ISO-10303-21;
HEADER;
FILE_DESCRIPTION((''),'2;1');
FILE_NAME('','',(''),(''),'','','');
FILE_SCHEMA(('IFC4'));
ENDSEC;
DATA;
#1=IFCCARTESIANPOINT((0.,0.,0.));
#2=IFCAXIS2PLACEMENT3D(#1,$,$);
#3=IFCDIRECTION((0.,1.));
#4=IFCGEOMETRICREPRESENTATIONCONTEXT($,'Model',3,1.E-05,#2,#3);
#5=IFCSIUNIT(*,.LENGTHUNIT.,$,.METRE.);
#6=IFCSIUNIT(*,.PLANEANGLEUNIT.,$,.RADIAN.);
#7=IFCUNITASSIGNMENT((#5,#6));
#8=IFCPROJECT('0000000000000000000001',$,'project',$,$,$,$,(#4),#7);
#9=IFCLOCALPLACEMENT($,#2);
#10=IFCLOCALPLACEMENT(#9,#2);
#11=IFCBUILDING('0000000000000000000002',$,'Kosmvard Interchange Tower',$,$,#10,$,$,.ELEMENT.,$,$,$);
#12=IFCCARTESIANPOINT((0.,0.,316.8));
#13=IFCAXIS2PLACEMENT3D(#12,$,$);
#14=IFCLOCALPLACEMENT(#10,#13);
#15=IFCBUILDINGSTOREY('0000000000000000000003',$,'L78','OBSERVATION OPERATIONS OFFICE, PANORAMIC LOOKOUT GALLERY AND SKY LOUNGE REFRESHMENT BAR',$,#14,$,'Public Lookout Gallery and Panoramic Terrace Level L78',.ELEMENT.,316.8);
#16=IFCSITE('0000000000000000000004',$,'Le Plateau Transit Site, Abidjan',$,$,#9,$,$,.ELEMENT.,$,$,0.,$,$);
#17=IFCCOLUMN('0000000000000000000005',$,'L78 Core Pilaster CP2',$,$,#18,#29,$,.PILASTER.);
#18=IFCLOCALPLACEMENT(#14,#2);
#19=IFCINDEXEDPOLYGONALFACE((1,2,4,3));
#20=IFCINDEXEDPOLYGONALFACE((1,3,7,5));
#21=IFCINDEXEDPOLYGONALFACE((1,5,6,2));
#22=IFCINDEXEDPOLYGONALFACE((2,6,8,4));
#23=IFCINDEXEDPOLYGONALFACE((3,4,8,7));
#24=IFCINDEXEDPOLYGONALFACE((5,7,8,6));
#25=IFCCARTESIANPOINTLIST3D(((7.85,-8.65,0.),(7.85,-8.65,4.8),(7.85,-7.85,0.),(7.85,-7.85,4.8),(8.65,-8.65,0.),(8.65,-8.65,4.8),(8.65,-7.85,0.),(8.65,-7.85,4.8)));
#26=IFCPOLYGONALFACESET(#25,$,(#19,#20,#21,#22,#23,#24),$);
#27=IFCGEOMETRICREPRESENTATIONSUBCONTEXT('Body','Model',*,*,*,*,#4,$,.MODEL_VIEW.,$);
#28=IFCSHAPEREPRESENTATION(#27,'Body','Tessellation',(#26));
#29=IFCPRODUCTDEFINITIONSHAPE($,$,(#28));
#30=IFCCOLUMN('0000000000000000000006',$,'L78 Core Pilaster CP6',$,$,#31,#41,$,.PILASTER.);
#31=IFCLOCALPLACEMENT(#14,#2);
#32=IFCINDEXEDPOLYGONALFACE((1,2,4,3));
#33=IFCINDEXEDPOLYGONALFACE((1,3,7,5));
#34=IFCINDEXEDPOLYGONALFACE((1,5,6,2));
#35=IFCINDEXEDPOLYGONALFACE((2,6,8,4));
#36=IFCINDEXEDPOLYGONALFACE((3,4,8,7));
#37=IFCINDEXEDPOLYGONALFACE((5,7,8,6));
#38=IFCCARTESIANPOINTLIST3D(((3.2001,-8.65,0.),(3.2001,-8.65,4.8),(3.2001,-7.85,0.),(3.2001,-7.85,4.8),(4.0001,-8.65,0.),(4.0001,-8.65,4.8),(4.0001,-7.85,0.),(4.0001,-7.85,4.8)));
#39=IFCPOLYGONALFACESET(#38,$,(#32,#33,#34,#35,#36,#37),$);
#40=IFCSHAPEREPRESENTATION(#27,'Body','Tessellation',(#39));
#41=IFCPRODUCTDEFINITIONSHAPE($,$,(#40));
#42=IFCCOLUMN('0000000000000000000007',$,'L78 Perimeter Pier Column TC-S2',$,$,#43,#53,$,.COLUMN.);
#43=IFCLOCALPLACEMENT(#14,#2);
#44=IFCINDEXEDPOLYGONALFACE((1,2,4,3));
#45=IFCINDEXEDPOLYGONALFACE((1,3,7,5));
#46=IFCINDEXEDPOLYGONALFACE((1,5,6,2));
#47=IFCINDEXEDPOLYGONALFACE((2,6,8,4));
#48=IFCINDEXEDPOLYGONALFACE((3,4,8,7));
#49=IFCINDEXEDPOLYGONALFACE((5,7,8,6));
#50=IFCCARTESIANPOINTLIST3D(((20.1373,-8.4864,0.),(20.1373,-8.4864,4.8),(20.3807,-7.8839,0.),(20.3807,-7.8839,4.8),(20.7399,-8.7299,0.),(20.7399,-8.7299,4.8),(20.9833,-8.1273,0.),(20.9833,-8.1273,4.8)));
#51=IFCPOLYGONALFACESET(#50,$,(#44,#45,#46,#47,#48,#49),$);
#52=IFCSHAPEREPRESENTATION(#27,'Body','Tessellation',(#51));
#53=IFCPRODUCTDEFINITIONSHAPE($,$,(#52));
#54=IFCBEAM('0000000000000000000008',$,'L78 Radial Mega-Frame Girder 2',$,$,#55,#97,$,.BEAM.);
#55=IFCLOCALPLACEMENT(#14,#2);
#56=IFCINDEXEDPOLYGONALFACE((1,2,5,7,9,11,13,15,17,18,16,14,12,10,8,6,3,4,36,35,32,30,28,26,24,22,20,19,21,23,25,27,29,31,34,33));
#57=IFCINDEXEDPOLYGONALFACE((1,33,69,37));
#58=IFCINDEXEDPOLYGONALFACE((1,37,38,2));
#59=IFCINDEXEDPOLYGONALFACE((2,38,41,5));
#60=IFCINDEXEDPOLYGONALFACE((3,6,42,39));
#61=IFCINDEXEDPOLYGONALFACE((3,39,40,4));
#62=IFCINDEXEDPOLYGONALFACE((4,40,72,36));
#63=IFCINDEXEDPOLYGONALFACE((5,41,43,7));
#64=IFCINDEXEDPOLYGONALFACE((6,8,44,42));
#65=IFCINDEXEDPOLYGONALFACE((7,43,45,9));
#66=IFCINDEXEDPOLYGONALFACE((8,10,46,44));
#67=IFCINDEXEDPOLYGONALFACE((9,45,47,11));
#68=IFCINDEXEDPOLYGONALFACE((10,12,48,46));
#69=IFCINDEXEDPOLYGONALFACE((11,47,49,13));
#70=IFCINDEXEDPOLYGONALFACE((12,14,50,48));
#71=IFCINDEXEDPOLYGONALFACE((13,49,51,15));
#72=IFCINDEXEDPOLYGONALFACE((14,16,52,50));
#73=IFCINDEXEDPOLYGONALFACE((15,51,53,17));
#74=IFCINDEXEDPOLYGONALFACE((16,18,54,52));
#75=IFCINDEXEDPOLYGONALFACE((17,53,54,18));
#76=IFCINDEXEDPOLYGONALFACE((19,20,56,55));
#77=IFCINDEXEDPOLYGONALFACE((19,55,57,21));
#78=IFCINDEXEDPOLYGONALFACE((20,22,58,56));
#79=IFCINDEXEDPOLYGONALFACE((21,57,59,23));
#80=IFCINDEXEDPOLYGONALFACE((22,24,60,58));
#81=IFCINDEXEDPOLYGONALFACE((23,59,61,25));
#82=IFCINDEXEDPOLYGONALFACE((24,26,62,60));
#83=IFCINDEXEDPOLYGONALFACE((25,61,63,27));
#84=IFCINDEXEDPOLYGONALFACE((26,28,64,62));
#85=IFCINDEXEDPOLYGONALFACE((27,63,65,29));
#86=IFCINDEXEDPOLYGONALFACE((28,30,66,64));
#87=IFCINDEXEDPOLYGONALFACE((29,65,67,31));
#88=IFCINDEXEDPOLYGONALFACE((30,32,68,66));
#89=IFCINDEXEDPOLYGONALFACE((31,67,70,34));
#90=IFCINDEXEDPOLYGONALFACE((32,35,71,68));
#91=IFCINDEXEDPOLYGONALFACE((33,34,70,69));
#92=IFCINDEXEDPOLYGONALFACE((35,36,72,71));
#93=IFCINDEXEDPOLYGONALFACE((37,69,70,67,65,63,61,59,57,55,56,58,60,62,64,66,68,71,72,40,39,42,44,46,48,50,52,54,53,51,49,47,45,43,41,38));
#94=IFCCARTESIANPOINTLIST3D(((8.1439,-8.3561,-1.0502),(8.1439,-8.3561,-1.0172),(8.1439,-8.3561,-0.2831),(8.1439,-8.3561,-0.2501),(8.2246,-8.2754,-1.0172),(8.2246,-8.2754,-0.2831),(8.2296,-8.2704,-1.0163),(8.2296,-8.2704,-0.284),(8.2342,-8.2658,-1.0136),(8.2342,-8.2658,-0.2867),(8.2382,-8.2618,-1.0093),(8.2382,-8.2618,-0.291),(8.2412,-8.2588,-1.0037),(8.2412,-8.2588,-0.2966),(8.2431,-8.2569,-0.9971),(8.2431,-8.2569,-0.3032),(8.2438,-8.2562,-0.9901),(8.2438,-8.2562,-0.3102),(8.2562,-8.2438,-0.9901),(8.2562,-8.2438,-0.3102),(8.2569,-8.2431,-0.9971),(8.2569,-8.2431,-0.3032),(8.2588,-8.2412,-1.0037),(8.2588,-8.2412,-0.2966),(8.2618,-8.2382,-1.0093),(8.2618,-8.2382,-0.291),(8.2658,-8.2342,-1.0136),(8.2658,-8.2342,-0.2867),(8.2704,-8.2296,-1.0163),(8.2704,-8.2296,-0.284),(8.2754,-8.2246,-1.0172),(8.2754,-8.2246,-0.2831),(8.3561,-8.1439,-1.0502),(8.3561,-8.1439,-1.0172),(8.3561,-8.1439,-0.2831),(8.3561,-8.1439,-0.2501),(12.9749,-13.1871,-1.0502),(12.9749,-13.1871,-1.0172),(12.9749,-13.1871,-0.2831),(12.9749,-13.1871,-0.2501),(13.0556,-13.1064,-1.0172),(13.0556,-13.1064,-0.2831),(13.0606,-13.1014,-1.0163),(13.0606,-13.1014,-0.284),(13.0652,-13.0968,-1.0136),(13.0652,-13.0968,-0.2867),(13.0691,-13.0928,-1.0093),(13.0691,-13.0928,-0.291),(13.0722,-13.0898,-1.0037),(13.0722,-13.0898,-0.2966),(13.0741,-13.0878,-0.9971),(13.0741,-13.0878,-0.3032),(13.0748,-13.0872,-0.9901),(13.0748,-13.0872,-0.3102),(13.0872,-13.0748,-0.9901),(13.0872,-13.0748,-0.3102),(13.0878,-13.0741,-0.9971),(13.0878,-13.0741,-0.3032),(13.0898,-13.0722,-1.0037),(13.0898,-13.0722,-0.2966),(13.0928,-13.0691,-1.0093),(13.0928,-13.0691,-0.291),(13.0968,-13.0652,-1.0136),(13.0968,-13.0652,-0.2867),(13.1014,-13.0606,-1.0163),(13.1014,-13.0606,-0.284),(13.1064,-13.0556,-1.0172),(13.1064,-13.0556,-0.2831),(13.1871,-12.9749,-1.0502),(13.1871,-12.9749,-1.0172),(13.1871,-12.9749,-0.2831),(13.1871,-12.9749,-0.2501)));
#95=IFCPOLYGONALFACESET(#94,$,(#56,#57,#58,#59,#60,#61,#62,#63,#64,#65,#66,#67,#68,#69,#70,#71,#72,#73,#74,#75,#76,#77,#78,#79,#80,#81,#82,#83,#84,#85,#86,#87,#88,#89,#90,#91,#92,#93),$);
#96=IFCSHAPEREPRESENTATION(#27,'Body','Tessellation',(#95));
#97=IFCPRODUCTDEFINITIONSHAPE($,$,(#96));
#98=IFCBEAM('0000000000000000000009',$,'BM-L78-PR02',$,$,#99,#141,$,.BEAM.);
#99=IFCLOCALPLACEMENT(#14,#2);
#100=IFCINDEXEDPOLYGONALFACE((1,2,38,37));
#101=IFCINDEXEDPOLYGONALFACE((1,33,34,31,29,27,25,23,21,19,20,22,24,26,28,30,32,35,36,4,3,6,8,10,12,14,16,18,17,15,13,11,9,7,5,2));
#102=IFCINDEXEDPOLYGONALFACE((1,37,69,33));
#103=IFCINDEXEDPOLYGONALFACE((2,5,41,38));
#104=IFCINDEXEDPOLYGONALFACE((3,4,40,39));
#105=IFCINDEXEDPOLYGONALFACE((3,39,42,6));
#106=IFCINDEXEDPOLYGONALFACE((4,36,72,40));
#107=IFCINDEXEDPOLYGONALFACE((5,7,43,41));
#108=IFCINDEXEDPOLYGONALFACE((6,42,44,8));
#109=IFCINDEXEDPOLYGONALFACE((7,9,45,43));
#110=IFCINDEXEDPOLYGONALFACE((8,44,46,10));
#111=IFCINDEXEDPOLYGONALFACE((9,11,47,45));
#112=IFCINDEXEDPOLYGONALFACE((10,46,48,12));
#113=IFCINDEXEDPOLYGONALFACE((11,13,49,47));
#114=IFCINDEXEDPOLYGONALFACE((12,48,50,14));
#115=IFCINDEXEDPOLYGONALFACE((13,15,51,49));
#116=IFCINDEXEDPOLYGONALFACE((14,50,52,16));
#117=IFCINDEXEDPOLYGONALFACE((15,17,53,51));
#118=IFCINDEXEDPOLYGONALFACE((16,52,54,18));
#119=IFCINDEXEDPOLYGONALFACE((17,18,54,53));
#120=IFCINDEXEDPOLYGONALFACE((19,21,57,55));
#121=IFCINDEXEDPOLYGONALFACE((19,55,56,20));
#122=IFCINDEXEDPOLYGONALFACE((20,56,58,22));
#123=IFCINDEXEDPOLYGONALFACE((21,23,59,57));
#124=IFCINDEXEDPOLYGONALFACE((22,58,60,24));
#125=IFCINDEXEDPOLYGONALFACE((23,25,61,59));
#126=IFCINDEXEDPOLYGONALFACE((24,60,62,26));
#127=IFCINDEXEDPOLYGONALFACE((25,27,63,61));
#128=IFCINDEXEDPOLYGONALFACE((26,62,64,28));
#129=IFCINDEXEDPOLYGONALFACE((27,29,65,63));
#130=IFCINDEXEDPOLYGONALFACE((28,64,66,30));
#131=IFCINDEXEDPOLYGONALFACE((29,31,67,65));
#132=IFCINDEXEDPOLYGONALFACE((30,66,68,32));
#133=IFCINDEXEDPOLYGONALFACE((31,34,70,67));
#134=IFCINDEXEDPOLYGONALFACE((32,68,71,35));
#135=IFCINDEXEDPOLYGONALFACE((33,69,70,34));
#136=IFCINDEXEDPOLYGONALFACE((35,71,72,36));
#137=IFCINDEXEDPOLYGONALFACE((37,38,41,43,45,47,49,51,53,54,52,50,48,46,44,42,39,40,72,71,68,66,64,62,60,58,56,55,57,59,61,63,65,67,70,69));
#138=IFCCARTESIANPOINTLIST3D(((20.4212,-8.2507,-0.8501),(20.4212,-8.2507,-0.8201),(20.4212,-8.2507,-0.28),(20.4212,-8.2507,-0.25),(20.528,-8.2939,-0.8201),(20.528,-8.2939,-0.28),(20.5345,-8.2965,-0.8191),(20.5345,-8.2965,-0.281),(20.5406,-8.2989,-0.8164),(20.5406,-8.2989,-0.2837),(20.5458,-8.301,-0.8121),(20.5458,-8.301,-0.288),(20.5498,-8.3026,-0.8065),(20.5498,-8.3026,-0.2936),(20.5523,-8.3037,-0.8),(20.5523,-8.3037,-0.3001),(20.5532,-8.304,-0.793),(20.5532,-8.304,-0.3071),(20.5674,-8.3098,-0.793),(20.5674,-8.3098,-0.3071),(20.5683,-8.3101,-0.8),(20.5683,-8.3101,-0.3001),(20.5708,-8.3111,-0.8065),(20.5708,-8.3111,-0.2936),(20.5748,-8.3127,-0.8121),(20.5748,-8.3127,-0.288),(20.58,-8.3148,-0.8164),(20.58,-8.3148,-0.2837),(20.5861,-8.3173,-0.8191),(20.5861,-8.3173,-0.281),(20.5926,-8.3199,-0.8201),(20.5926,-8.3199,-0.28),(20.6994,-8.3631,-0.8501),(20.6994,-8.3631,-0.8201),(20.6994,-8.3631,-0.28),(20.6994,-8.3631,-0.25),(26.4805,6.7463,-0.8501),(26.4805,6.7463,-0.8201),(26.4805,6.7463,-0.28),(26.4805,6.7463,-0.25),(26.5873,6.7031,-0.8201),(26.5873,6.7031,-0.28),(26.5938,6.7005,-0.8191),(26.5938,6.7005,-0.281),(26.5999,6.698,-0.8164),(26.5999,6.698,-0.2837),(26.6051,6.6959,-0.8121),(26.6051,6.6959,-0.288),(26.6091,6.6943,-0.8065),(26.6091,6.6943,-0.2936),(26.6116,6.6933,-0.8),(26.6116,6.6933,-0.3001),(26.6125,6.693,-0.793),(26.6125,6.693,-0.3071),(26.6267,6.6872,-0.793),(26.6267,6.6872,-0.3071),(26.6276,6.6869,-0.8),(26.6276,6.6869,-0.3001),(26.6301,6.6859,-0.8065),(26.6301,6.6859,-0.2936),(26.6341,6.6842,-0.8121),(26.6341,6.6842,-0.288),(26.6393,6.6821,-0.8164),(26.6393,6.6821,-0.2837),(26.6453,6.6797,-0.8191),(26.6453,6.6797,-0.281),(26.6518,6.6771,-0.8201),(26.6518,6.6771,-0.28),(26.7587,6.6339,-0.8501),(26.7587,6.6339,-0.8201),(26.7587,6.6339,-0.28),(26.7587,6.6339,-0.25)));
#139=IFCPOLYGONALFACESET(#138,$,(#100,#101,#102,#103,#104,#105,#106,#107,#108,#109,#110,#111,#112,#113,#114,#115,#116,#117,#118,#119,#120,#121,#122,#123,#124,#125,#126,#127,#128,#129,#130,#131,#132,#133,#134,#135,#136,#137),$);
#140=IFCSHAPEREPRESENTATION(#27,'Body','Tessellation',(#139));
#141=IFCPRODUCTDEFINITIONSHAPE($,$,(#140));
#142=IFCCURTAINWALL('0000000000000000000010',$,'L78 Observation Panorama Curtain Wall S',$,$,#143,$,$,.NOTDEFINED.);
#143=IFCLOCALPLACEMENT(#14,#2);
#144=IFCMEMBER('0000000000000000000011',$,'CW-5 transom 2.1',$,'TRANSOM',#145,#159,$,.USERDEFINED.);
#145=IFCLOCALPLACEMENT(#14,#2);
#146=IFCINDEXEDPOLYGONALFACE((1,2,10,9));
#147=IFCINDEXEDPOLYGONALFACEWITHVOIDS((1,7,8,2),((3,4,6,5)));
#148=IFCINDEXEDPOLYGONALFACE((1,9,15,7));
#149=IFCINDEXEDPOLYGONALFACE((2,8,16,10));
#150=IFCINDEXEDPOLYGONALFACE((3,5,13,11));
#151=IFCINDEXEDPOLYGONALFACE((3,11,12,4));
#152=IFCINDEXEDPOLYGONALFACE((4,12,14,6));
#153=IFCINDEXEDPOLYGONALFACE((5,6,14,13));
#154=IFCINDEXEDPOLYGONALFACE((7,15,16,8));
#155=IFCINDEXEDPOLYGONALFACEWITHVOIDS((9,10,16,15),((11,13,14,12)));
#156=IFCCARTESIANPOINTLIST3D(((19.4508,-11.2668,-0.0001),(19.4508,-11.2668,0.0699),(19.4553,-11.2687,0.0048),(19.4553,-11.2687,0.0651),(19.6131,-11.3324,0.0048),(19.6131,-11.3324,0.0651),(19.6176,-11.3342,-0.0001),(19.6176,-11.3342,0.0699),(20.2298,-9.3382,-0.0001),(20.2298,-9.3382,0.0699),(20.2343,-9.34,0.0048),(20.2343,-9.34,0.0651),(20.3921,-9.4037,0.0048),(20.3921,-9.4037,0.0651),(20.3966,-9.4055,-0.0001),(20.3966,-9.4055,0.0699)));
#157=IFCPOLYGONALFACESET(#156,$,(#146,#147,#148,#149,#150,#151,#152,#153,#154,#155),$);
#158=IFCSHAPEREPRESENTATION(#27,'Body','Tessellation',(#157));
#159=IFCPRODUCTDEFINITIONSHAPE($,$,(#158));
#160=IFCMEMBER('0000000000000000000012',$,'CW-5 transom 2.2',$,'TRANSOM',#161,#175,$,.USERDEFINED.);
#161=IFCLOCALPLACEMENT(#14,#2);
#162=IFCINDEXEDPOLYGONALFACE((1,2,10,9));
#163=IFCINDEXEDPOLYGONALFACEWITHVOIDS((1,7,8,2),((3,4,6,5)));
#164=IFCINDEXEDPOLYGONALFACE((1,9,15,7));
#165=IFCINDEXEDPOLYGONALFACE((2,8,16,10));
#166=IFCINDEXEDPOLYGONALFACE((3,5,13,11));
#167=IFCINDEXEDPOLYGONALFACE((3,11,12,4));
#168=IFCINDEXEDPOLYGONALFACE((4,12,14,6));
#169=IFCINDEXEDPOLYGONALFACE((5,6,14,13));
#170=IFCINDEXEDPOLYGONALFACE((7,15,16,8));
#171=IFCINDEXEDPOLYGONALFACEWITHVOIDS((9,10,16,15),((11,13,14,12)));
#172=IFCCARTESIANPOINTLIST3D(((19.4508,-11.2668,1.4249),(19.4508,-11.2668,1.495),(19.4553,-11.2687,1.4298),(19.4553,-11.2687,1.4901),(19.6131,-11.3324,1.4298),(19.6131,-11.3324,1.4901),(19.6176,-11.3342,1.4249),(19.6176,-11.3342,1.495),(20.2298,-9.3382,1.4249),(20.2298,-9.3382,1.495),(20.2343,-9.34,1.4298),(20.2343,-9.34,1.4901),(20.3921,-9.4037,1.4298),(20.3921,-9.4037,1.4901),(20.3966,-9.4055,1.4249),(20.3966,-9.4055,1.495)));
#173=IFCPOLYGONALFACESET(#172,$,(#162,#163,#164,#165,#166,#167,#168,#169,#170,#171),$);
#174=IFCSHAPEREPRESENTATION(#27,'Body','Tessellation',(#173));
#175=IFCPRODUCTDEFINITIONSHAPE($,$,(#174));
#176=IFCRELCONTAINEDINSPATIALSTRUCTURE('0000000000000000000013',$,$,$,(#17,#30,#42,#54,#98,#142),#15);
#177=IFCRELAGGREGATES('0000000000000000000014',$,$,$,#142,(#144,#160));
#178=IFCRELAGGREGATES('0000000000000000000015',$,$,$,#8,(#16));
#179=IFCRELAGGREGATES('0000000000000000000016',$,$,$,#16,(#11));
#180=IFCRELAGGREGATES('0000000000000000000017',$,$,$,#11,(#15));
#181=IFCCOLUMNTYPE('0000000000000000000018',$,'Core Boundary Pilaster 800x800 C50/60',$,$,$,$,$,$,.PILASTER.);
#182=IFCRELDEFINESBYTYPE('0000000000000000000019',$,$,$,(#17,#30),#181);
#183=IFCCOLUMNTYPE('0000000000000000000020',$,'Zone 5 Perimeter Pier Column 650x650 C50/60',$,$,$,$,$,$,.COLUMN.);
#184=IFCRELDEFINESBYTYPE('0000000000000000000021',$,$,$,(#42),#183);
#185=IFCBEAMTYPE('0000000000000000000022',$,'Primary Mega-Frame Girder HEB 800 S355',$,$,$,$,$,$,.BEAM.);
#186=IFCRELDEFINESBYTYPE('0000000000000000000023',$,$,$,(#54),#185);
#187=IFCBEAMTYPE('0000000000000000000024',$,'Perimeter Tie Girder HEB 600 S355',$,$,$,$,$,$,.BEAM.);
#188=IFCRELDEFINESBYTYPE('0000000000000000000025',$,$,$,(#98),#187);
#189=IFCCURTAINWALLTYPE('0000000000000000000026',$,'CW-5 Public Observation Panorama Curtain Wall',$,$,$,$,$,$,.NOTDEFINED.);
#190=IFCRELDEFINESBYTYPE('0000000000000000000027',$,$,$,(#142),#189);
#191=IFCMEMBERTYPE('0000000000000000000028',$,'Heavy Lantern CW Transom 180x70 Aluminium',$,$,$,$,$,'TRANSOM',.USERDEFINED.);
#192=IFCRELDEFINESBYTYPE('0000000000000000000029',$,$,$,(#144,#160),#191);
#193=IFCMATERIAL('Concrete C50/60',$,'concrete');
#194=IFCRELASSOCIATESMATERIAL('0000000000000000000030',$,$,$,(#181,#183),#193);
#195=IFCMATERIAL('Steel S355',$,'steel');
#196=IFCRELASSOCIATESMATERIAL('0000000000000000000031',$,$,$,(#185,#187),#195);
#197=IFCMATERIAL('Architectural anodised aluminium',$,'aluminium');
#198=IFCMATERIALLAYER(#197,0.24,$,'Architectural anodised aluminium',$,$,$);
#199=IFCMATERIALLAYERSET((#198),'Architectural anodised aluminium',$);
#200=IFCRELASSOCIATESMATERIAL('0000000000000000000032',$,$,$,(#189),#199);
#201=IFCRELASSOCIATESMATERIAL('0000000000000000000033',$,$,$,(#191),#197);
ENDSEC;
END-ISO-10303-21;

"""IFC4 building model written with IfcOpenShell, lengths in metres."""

from ifc_helpers import new_model, si_unit, direction, frame, origin, origin_2d, place, context, subcontext, project, spatial, rectangle, hollow_rectangle, i_section, extrude, source, transform, mapped, material, layer, layer_set, material_profile, profile_set, type_object, element, aggregate, save


model = new_model("IFC4")

# Units and contexts
model_context = context("Model", 3, precision=1e-05, world=origin(), true_north=direction((0.0, 1.0)))
body_context = subcontext(model_context, "Body", "Model", "MODEL_VIEW")
ifc_project = project(units=[si_unit("LENGTHUNIT", "METRE"), si_unit("PLANEANGLEUNIT", "RADIAN")], contexts=[model_context])

# Site, building, storey
site_placement = place(None, origin())
site = spatial("IfcSite", under=ifc_project, at=site_placement, Name="Le Plateau Transit Site, Abidjan", CompositionType="ELEMENT", RefElevation=0.0)
building_placement = place(site_placement, origin())
building = spatial("IfcBuilding", under=site, at=building_placement, Name="Kosmvard Interchange Tower", CompositionType="ELEMENT")
storey_placement = place(building_placement, frame((0.0, 0.0, 316.8)))
storey = spatial("IfcBuildingStorey", under=building, at=storey_placement, Name="L78", Description="OBSERVATION OPERATIONS OFFICE, PANORAMIC LOOKOUT GALLERY AND SKY LOUNGE REFRESHMENT BAR", LongName="Public Lookout Gallery and Panoramic Terrace Level L78", CompositionType="ELEMENT", Elevation=316.8)

# Columns
ifc_material_1 = material(Name="Concrete C50/60", Category="concrete")
ifc_material_profile_1 = material_profile(ifc_material_1, rectangle(XDim=0.8, YDim=0.8, at=origin_2d()), Name="CP 800x800")
ifc_profile_set_1 = profile_set([ifc_material_profile_1], Name="Concrete C50/60")
column_type_1 = type_object("IfcColumnType", Name="Core Boundary Pilaster 800x800 C50/60", PredefinedType="PILASTER", material=ifc_profile_set_1)
shared_shape_1 = source(origin(), body_context, "Body", "SweptSolid", [
    extrude(rectangle(XDim=0.8, YDim=0.8, at=origin_2d()), origin(), (0.0, 0.0, 1.0), 4.8),
])
for number, where, z_axis, x_axis, name in (
    (1, (8.25, -8.25, 0.0), (0.0, 0.0, 1.0), (1.0, 0.0, 0.0), "L78 Core Pilaster CP2"),
    (2, (3.6001, -8.25, 0.0), (0.0, 0.0, 1.0), (1.0, 0.0, 0.0), "L78 Core Pilaster CP6"),
):
    element("IfcColumn", number, at=place(storey_placement, frame(where, z_axis=z_axis, x_axis=x_axis)), inside=storey, type_object=column_type_1, Name=name, PredefinedType="PILASTER", context=body_context, shape_type="MappedRepresentation", body=[
        mapped(shared_shape_1, transform((0.0, 0.0, 0.0), scale=1.0)),
    ])
ifc_material_profile_2 = material_profile(ifc_material_1, rectangle(XDim=0.6499, YDim=0.6499, at=origin_2d()), Name="TC 650x650")
ifc_profile_set_2 = profile_set([ifc_material_profile_2], Name="Concrete C50/60")
column_type_2 = type_object("IfcColumnType", Name="Zone 5 Perimeter Pier Column 650x650 C50/60", PredefinedType="COLUMN", material=ifc_profile_set_2)
shared_shape_2 = source(origin(), body_context, "Body", "SweptSolid", [
    extrude(rectangle(XDim=0.6499, YDim=0.6499, at=origin_2d()), origin(), (0.0, 0.0, 1.0), 4.8),
])
column_placement = place(storey_placement, frame((20.5603, -8.3069, 0.0), z_axis=(0.0, 0.0, 1.0), x_axis=(0.374607, 0.927184, 0.0)))
element("IfcColumn", 3, at=column_placement, inside=storey, type_object=column_type_2, Name="L78 Perimeter Pier Column TC-S2", PredefinedType="COLUMN", context=body_context, shape_type="MappedRepresentation", body=[
    mapped(shared_shape_2, transform((0.0, 0.0, 0.0), scale=1.0)),
])

# Beams
ifc_material_2 = material(Name="Steel S355", Category="steel")
ifc_material_profile_3 = material_profile(ifc_material_2, i_section(OverallWidth=0.3, OverallDepth=0.8, WebThickness=0.0176, FlangeThickness=0.033, FilletRadius=0.0271, at=origin_2d()), Name="HEB 800")
ifc_profile_set_3 = profile_set([ifc_material_profile_3], Name="Steel S355")
beam_type_1 = type_object("IfcBeamType", Name="Primary Mega-Frame Girder HEB 800 S355", PredefinedType="BEAM", material=ifc_profile_set_3)
shared_shape_3 = source(origin(), body_context, "Body", "SweptSolid", [
    extrude(i_section(OverallWidth=0.3, OverallDepth=0.8, WebThickness=0.0176, FlangeThickness=0.033, FilletRadius=0.0271, at=origin_2d()), origin(), (0.0, 0.0, 1.0), 6.832),
])
beam_1_placement = place(storey_placement, frame((8.25, -8.25, -0.6501), z_axis=(0.707107, -0.707107, 0.0), x_axis=(0.707107, 0.707107, 0.0)))
element("IfcBeam", 4, at=beam_1_placement, inside=storey, type_object=beam_type_1, Name="L78 Radial Mega-Frame Girder 2", PredefinedType="BEAM", context=body_context, shape_type="MappedRepresentation", body=[
    mapped(shared_shape_3, transform((0.0, 0.0, 0.0), scale=1.0)),
])
ifc_material_profile_4 = material_profile(ifc_material_2, i_section(OverallWidth=0.3, OverallDepth=0.6001, WebThickness=0.0154, FlangeThickness=0.03, FilletRadius=0.0271, at=origin_2d()), Name="HEB 600")
ifc_profile_set_4 = profile_set([ifc_material_profile_4], Name="Steel S355")
beam_type_2 = type_object("IfcBeamType", Name="Perimeter Tie Girder HEB 600 S355", PredefinedType="BEAM", material=ifc_profile_set_4)
shared_shape_4 = source(origin(), body_context, "Body", "SweptSolid", [
    extrude(i_section(OverallWidth=0.3, OverallDepth=0.6001, WebThickness=0.0154, FlangeThickness=0.03, FilletRadius=0.0271, at=origin_2d()), origin(), (0.0, 0.0, 1.0), 16.1748),
])
beam_2_placement = place(storey_placement, frame((20.5603, -8.3069, -0.55), z_axis=(0.374613, 0.927181, 0.0), x_axis=(-0.927181, 0.374613, 0.0)))
element("IfcBeam", 5, at=beam_2_placement, inside=storey, type_object=beam_type_2, Name="BM-L78-PR02", PredefinedType="BEAM", context=body_context, shape_type="MappedRepresentation", body=[
    mapped(shared_shape_4, transform((0.0, 0.0, 0.0), scale=1.0)),
])

# Curtain wall, members
ifc_material_3 = material(Name="Architectural anodised aluminium", Category="aluminium")
ifc_layer_1 = layer(ifc_material_3, 0.24, Name="Architectural anodised aluminium")
ifc_layer_set_1 = layer_set([ifc_layer_1], Name="Architectural anodised aluminium")
curtain_wall_type = type_object("IfcCurtainWallType", Name="CW-5 Public Observation Panorama Curtain Wall", PredefinedType="NOTDEFINED", material=ifc_layer_set_1)
curtain_wall_placement = place(storey_placement, origin())
curtain_wall = element("IfcCurtainWall", 6, at=curtain_wall_placement, inside=storey, type_object=curtain_wall_type, Name="L78 Observation Panorama Curtain Wall S", PredefinedType="NOTDEFINED")
ifc_material_profile_5 = material_profile(ifc_material_3, hollow_rectangle(XDim=0.1799, YDim=0.0701, WallThickness=0.0049, at=origin_2d()), Name="CWT 180x70x5")
ifc_profile_set_5 = profile_set([ifc_material_profile_5], Name="Architectural anodised aluminium")
member_type_1 = type_object("IfcMemberType", Name="Heavy Lantern CW Transom 180x70 Aluminium", ElementType="TRANSOM", PredefinedType="USERDEFINED", material=ifc_profile_set_5)
shared_shape_5 = source(origin(), body_context, "Body", "SweptSolid", [
    extrude(hollow_rectangle(XDim=0.1799, YDim=0.0701, WallThickness=0.0049, at=origin_2d()), origin(), (0.0, 0.0, 1.0), 2.0801),
])
member_1_placement = place(storey_placement, frame((19.5342, -11.3005, 0.0349), z_axis=(0.374525, 0.927217, 0.0), x_axis=(-0.927217, 0.374525, 0.0)))
member_1 = element("IfcMember", 7, at=member_1_placement, type_object=member_type_1, Name="CW-5 transom 2.1", ObjectType="TRANSOM", PredefinedType="USERDEFINED", context=body_context, shape_type="MappedRepresentation", body=[
    mapped(shared_shape_5, transform((0.0, 0.0, 0.0), scale=1.0)),
])
member_2_placement = place(storey_placement, frame((19.5342, -11.3005, 1.46), z_axis=(0.374525, 0.927217, 0.0), x_axis=(-0.927217, 0.374525, 0.0)))
member_2 = element("IfcMember", 8, at=member_2_placement, type_object=member_type_1, Name="CW-5 transom 2.2", ObjectType="TRANSOM", PredefinedType="USERDEFINED", context=body_context, shape_type="MappedRepresentation", body=[
    mapped(shared_shape_5, transform((0.0, 0.0, 0.0), scale=1.0)),
])
aggregate(curtain_wall, [member_1, member_2])

save(model, "model.ifc")
